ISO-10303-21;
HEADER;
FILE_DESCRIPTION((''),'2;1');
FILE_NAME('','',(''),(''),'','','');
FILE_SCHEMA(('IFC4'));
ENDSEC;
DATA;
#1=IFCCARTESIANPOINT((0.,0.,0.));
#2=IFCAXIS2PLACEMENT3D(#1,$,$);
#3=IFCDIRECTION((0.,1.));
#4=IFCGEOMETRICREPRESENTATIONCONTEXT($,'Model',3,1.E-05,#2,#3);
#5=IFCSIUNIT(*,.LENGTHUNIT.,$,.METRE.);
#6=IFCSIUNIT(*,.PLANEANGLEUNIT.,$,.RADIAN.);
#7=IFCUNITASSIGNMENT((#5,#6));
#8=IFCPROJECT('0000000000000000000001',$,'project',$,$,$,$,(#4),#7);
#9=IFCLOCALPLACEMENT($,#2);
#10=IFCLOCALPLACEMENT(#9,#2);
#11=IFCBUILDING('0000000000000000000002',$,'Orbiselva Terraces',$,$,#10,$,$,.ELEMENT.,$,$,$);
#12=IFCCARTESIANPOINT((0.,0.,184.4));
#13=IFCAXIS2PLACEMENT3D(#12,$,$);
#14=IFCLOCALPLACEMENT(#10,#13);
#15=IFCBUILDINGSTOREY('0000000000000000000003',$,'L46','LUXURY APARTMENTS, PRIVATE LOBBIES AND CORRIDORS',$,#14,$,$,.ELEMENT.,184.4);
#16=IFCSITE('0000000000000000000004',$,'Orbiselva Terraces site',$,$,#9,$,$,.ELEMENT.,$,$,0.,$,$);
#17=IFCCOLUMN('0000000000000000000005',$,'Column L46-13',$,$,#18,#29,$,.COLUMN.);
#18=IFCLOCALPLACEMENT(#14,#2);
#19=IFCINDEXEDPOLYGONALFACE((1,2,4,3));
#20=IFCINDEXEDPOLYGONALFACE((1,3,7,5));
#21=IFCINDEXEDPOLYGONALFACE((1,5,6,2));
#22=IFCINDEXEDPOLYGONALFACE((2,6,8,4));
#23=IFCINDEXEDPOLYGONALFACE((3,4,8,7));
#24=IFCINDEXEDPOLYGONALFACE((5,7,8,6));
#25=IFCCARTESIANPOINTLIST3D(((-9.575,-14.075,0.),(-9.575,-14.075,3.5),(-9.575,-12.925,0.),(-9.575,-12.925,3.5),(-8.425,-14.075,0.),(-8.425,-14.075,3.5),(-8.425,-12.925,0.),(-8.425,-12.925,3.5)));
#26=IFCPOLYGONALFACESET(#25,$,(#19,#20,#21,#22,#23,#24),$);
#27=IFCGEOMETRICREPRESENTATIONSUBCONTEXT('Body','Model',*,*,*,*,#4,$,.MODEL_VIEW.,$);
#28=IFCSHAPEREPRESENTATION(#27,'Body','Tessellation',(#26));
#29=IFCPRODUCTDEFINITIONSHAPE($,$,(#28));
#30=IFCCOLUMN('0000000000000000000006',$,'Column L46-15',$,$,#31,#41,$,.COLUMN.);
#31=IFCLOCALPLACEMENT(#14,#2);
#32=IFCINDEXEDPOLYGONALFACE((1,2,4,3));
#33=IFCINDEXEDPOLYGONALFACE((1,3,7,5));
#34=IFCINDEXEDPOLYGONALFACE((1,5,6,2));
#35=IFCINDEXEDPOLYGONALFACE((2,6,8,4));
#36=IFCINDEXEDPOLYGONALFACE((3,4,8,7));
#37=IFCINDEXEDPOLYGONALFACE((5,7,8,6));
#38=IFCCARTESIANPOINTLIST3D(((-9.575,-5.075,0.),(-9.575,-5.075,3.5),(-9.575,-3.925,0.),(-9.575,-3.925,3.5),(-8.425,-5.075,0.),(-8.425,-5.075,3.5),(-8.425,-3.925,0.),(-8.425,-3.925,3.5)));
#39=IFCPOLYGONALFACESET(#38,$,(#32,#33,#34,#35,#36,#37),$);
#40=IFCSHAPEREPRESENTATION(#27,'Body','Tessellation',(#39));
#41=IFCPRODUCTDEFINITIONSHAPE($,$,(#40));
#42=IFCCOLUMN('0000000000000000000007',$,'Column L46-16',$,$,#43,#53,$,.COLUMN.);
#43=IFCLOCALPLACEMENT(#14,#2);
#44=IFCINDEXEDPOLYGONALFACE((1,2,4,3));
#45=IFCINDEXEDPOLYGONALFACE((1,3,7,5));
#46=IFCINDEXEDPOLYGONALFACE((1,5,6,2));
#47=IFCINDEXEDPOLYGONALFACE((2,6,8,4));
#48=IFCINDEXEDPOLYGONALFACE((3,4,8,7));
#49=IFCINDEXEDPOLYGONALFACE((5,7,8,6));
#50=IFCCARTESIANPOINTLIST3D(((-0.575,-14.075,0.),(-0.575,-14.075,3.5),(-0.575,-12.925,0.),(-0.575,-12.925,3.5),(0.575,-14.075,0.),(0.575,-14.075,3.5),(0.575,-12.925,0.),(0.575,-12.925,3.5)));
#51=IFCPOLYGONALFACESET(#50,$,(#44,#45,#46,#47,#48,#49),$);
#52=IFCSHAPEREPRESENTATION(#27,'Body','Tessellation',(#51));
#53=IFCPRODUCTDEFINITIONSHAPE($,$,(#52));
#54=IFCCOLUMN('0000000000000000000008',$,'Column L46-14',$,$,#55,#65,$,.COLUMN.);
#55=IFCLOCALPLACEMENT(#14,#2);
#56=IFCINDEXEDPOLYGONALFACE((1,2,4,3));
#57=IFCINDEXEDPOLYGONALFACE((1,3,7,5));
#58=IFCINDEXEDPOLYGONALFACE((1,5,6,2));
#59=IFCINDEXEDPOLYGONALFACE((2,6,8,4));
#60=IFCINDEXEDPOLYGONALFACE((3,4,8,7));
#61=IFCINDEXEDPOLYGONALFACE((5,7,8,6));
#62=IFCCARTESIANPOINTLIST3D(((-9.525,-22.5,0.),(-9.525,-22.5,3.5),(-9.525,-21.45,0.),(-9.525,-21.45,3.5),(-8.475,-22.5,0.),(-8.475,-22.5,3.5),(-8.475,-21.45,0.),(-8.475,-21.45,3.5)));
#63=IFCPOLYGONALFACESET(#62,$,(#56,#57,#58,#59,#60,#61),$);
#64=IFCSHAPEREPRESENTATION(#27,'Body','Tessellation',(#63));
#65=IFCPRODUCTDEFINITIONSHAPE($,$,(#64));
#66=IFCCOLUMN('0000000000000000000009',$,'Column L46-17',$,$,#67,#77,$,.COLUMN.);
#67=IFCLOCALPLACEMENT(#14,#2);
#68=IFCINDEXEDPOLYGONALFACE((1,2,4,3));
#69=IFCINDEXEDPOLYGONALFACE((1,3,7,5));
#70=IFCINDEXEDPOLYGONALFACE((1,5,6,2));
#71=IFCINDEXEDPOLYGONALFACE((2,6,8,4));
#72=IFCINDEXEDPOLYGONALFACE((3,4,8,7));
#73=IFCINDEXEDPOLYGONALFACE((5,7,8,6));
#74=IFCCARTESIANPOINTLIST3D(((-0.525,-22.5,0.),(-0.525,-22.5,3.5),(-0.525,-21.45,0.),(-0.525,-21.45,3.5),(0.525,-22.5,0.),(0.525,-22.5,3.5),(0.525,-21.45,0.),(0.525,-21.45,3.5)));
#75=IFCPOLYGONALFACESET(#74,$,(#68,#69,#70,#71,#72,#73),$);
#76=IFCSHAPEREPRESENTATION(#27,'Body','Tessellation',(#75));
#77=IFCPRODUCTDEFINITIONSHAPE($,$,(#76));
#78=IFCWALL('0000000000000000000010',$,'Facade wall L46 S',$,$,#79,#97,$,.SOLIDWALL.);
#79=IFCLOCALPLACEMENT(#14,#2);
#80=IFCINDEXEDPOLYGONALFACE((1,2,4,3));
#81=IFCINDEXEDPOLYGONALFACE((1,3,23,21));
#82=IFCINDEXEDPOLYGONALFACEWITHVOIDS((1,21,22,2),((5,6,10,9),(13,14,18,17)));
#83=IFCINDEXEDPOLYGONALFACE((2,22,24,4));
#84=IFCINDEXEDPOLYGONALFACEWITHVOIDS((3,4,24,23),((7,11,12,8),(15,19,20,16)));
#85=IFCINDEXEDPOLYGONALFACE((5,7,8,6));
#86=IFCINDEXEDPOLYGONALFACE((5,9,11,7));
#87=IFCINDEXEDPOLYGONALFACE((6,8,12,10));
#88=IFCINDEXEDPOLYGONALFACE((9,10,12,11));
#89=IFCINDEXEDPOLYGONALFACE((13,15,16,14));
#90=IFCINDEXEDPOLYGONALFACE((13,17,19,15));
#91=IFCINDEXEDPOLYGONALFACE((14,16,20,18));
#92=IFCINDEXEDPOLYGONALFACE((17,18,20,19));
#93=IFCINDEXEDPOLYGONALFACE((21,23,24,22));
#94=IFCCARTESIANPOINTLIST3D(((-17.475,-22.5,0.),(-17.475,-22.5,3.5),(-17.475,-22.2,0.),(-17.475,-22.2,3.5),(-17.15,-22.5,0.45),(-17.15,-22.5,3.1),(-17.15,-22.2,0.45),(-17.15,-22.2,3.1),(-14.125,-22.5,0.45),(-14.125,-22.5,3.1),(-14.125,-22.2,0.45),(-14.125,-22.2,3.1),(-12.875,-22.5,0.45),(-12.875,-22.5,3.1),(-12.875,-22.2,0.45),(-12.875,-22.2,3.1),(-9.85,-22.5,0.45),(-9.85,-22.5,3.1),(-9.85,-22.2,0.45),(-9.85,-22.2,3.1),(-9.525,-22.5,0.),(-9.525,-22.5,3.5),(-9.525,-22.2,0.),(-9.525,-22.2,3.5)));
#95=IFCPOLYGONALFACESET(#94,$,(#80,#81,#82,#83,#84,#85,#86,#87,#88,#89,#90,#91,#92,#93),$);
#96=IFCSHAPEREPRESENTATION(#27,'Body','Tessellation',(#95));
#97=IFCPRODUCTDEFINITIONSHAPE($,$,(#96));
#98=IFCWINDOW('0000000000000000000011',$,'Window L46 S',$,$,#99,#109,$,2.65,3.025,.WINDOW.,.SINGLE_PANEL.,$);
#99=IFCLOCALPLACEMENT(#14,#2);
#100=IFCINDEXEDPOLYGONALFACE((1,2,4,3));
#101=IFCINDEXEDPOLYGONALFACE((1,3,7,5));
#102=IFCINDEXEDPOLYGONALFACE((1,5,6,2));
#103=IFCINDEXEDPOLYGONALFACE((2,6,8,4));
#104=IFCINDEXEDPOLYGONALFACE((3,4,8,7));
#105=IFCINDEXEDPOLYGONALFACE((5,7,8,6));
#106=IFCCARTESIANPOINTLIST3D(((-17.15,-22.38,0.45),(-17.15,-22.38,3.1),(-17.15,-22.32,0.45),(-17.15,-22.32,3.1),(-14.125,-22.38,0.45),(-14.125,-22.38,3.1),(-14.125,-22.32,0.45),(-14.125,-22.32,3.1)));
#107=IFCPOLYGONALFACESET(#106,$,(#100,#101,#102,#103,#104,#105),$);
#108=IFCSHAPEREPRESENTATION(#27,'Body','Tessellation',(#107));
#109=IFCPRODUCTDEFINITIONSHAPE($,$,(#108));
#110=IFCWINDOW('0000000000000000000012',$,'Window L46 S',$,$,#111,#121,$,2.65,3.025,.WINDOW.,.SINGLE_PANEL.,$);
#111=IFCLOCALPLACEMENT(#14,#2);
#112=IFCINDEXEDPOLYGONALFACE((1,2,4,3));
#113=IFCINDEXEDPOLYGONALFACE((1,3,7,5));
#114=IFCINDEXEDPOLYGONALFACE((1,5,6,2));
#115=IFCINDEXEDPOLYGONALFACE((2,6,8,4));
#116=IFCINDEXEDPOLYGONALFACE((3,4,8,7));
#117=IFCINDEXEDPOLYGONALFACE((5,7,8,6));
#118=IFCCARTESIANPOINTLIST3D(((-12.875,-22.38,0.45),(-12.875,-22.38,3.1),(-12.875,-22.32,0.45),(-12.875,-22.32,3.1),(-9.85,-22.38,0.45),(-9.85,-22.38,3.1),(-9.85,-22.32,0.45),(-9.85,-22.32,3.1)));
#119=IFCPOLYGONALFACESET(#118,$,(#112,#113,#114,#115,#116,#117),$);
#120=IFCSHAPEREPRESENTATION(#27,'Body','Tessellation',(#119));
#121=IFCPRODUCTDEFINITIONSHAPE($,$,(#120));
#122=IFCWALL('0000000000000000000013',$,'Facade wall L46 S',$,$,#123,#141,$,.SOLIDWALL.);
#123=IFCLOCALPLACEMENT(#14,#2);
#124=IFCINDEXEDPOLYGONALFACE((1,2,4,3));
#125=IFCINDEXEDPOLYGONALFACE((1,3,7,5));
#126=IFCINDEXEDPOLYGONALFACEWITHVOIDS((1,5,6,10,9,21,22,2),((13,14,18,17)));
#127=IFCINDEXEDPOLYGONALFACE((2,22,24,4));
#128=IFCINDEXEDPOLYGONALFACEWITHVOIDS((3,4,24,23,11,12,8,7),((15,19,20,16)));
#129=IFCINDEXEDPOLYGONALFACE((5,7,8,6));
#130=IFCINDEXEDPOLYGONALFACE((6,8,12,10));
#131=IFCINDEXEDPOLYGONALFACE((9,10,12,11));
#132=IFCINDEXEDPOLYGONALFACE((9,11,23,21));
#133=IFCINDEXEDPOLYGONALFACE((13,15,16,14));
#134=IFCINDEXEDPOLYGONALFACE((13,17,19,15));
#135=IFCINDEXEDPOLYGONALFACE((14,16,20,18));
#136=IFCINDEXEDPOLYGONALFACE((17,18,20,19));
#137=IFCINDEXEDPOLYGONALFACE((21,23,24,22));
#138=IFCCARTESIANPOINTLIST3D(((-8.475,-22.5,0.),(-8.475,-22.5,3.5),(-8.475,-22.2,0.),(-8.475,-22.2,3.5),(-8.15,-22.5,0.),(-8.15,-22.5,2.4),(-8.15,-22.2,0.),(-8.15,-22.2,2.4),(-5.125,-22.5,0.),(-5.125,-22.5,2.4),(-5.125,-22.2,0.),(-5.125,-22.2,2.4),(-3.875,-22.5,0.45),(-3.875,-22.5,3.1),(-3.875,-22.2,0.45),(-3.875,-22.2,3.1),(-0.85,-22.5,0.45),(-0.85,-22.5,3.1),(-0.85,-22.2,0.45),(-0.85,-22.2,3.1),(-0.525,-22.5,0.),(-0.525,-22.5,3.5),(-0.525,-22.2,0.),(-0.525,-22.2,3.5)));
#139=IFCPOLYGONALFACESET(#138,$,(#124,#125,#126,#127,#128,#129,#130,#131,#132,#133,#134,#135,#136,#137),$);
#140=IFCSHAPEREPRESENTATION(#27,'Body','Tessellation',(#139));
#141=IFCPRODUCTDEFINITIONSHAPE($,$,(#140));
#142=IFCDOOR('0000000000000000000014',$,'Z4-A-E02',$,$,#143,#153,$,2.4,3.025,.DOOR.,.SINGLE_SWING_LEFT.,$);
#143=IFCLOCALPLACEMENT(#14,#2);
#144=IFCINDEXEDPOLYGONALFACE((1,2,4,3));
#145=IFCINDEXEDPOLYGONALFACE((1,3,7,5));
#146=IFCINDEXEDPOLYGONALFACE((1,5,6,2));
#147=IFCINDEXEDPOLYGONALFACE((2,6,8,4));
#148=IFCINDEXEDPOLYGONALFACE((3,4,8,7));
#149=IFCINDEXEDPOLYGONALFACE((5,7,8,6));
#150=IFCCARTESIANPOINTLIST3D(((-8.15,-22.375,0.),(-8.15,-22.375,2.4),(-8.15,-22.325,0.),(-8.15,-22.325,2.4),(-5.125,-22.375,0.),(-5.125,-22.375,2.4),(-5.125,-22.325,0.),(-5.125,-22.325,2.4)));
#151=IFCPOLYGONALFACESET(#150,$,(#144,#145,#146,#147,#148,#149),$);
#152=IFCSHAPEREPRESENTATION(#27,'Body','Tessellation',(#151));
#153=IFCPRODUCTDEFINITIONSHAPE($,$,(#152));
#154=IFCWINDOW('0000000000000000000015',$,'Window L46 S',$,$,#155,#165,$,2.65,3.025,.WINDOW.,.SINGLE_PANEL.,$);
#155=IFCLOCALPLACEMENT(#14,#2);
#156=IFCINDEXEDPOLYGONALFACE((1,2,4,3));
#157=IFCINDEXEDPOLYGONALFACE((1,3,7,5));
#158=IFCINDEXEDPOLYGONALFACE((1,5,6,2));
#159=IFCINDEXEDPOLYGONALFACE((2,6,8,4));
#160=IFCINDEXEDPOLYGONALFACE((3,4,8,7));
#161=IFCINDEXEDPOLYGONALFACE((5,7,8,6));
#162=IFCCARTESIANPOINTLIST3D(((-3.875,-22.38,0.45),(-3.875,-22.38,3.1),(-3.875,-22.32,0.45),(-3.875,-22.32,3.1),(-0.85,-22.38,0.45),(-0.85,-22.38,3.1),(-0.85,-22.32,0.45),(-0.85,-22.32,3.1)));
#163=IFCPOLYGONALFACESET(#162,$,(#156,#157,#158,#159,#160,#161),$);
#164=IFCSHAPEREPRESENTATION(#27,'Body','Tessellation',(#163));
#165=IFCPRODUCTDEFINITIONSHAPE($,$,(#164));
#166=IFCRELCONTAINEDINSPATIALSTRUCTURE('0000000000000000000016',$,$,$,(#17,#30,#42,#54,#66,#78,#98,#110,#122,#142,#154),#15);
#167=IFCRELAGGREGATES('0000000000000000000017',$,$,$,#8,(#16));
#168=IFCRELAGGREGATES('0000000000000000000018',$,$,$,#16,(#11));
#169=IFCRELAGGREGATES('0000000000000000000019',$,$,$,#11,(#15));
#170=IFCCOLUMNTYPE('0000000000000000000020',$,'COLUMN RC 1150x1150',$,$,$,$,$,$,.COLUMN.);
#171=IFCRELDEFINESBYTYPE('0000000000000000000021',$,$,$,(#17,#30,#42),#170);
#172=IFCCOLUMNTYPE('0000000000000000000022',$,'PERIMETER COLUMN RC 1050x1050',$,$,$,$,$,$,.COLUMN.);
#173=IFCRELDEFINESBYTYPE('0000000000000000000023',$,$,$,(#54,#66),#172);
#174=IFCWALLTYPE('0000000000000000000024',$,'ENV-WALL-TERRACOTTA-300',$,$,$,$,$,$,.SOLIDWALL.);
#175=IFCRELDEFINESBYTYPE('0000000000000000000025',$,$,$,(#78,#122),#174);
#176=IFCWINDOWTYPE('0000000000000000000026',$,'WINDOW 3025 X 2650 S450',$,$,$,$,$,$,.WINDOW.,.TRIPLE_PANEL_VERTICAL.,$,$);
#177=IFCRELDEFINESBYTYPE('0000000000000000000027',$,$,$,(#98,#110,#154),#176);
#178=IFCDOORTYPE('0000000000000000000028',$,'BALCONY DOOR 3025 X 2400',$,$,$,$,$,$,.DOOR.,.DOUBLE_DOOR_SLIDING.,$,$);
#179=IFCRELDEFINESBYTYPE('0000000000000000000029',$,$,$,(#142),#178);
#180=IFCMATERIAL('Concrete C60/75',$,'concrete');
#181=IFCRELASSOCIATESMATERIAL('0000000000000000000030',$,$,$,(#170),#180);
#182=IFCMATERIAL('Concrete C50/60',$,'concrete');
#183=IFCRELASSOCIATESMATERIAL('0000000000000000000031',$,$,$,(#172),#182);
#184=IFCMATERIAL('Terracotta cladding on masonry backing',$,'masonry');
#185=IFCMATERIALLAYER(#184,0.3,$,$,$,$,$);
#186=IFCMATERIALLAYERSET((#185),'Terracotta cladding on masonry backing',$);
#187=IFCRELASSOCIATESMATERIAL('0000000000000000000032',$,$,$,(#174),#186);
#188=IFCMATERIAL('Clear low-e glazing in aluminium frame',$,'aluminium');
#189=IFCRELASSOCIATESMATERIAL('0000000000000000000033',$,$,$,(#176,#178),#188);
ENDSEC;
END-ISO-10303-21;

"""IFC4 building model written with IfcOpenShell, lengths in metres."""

from ifc_helpers import new_model, si_unit, direction, frame, frame_2d, origin, origin_2d, place, context, subcontext, project, spatial, rectangle, extrude, material, layer, layer_set, material_profile, profile_set, type_object, element, fill, save


model = new_model("IFC4")

# Units and contexts
model_context = context("Model", 3, precision=1e-05, world=origin(), true_north=direction((0.0, 1.0)))
body_context = subcontext(model_context, "Body", "Model", "MODEL_VIEW")
ifc_project = project(units=[si_unit("LENGTHUNIT", "METRE"), si_unit("PLANEANGLEUNIT", "RADIAN")], contexts=[model_context])

# Site, building, storey
site_placement = place(None, origin())
site = spatial("IfcSite", under=ifc_project, at=site_placement, Name="Orbiselva Terraces site", CompositionType="ELEMENT", RefElevation=0.0)
building_placement = place(site_placement, origin())
building = spatial("IfcBuilding", under=site, at=building_placement, Name="Orbiselva Terraces", CompositionType="ELEMENT")
storey_placement = place(building_placement, frame((0.0, 0.0, 184.4)))
storey = spatial("IfcBuildingStorey", under=building, at=storey_placement, Name="L46", Description="LUXURY APARTMENTS, PRIVATE LOBBIES AND CORRIDORS", CompositionType="ELEMENT", Elevation=184.4)

# Columns
ifc_material_1 = material(Name="Concrete C60/75", Category="concrete")
ifc_material_profile_1 = material_profile(ifc_material_1, rectangle(XDim=1.15, YDim=1.15, at=origin_2d()), Name="RC 1150x1150")
ifc_profile_set_1 = profile_set([ifc_material_profile_1], Name="Concrete C60/75")
column_type_1 = type_object("IfcColumnType", Name="COLUMN RC 1150x1150", PredefinedType="COLUMN", material=ifc_profile_set_1)
for number, where, z_axis, x_axis, name in (
    (1, (-9.0, -13.5, 0.0), (0.0, 0.0, 1.0), (1.0, 0.0, 0.0), "Column L46-13"),
    (2, (-9.0, -4.5, 0.0), (0.0, 0.0, 1.0), (1.0, 0.0, 0.0), "Column L46-15"),
    (3, (0.0, -13.5, 0.0), (0.0, 0.0, 1.0), (1.0, 0.0, 0.0), "Column L46-16"),
):
    element("IfcColumn", number, at=place(storey_placement, frame(where, z_axis=z_axis, x_axis=x_axis)), inside=storey, type_object=column_type_1, Name=name, PredefinedType="COLUMN", context=body_context, shape_type="SweptSolid", body=[
        extrude(rectangle(XDim=1.15, YDim=1.15, at=origin_2d()), origin(), (0.0, 0.0, 1.0), 3.5),
    ])
ifc_material_2 = material(Name="Concrete C50/60", Category="concrete")
ifc_material_profile_2 = material_profile(ifc_material_2, rectangle(XDim=1.05, YDim=1.05, at=origin_2d()), Name="RC 1050x1050")
ifc_profile_set_2 = profile_set([ifc_material_profile_2], Name="Concrete C50/60")
column_type_2 = type_object("IfcColumnType", Name="PERIMETER COLUMN RC 1050x1050", PredefinedType="COLUMN", material=ifc_profile_set_2)
for number, where, z_axis, x_axis, name in (
    (4, (-9.0, -21.975, 0.0), (0.0, 0.0, 1.0), (1.0, 0.0, 0.0), "Column L46-14"),
    (5, (0.0, -21.975, 0.0), (0.0, 0.0, 1.0), (1.0, 0.0, 0.0), "Column L46-17"),
):
    element("IfcColumn", number, at=place(storey_placement, frame(where, z_axis=z_axis, x_axis=x_axis)), inside=storey, type_object=column_type_2, Name=name, PredefinedType="COLUMN", context=body_context, shape_type="SweptSolid", body=[
        extrude(rectangle(XDim=1.05, YDim=1.05, at=origin_2d()), origin(), (0.0, 0.0, 1.0), 3.5),
    ])

# Wall, openings, windows
ifc_material_3 = material(Name="Terracotta cladding on masonry backing", Category="masonry")
ifc_layer_1 = layer(ifc_material_3, 0.3)
ifc_layer_set_1 = layer_set([ifc_layer_1], Name="Terracotta cladding on masonry backing")
wall_type_1 = type_object("IfcWallType", Name="ENV-WALL-TERRACOTTA-300", PredefinedType="SOLIDWALL", material=ifc_layer_set_1)
wall_1_placement = place(storey_placement, frame((-9.525, -22.35, 0.0), z_axis=(0.0, 0.0, 1.0), x_axis=(-1.0, 0.0, 0.0)))
wall_1 = element("IfcWall", 6, at=wall_1_placement, inside=storey, type_object=wall_type_1, Name="Facade wall L46 S", PredefinedType="SOLIDWALL", context=body_context, shape_type="SweptSolid", body=[
    extrude(rectangle(XDim=7.95, YDim=0.3, at=frame_2d((3.975, 0.0))), origin(), (0.0, 0.0, 1.0), 3.5),
])
opening_1_placement = place(wall_1_placement, frame((4.6, 0.0, 0.45)))
opening_1 = element("IfcOpeningElement", 7, at=opening_1_placement, cuts=wall_1, PredefinedType="OPENING", context=body_context, shape_type="SweptSolid", body=[
    extrude(rectangle(XDim=3.025, YDim=2.65, at=frame_2d((1.5125, 1.325))), frame((0.0, 0.16, 0.0), z_axis=(0.0, -1.0, 0.0), x_axis=(1.0, 0.0, 0.0)), (0.0, 0.0, 1.0), 0.32),
])
opening_2_placement = place(wall_1_placement, frame((0.325, 0.0, 0.45)))
opening_2 = element("IfcOpeningElement", 8, at=opening_2_placement, cuts=wall_1, PredefinedType="OPENING", context=body_context, shape_type="SweptSolid", body=[
    extrude(rectangle(XDim=3.025, YDim=2.65, at=frame_2d((1.5125, 1.325))), frame((0.0, 0.16, 0.0), z_axis=(0.0, -1.0, 0.0), x_axis=(1.0, 0.0, 0.0)), (0.0, 0.0, 1.0), 0.32),
])
ifc_material_4 = material(Name="Clear low-e glazing in aluminium frame", Category="aluminium")
window_type = type_object("IfcWindowType", Name="WINDOW 3025 X 2650 S450", PartitioningType="TRIPLE_PANEL_VERTICAL", PredefinedType="WINDOW", material=ifc_material_4)
window_1_placement = place(opening_1_placement, origin())
window_1 = element("IfcWindow", 9, at=window_1_placement, inside=storey, type_object=window_type, Name="Window L46 S", OverallHeight=2.65, OverallWidth=3.025, PartitioningType="SINGLE_PANEL", PredefinedType="WINDOW", context=body_context, shape_type="SweptSolid", body=[
    extrude(rectangle(XDim=3.025, YDim=2.65, at=frame_2d((1.5125, 1.325))), frame((0.0, 0.03, 0.0), z_axis=(0.0, -1.0, 0.0), x_axis=(1.0, 0.0, 0.0)), (0.0, 0.0, 1.0), 0.06),
])
fill(opening_1, window_1)
window_2_placement = place(opening_2_placement, origin())
window_2 = element("IfcWindow", 10, at=window_2_placement, inside=storey, type_object=window_type, Name="Window L46 S", OverallHeight=2.65, OverallWidth=3.025, PartitioningType="SINGLE_PANEL", PredefinedType="WINDOW", context=body_context, shape_type="SweptSolid", body=[
    extrude(rectangle(XDim=3.025, YDim=2.65, at=frame_2d((1.5125, 1.325))), frame((0.0, 0.03, 0.0), z_axis=(0.0, -1.0, 0.0), x_axis=(1.0, 0.0, 0.0)), (0.0, 0.0, 1.0), 0.06),
])
fill(opening_2, window_2)

# Wall, openings, door, window
wall_2_placement = place(storey_placement, frame((-0.525, -22.35, 0.0), z_axis=(0.0, 0.0, 1.0), x_axis=(-1.0, 0.0, 0.0)))
wall_2 = element("IfcWall", 11, at=wall_2_placement, inside=storey, type_object=wall_type_1, Name="Facade wall L46 S", PredefinedType="SOLIDWALL", context=body_context, shape_type="SweptSolid", body=[
    extrude(rectangle(XDim=7.95, YDim=0.3, at=frame_2d((3.975, 0.0))), origin(), (0.0, 0.0, 1.0), 3.5),
])
opening_3_placement = place(wall_2_placement, frame((4.6, 0.0, 0.0)))
opening_3 = element("IfcOpeningElement", 12, at=opening_3_placement, cuts=wall_2, PredefinedType="OPENING", context=body_context, shape_type="SweptSolid", body=[
    extrude(rectangle(XDim=3.025, YDim=2.4, at=frame_2d((1.5125, 1.2))), frame((0.0, 0.16, 0.0), z_axis=(0.0, -1.0, 0.0), x_axis=(1.0, 0.0, 0.0)), (0.0, 0.0, 1.0), 0.32),
])
opening_4_placement = place(wall_2_placement, frame((0.325, 0.0, 0.45)))
opening_4 = element("IfcOpeningElement", 13, at=opening_4_placement, cuts=wall_2, PredefinedType="OPENING", context=body_context, shape_type="SweptSolid", body=[
    extrude(rectangle(XDim=3.025, YDim=2.65, at=frame_2d((1.5125, 1.325))), frame((0.0, 0.16, 0.0), z_axis=(0.0, -1.0, 0.0), x_axis=(1.0, 0.0, 0.0)), (0.0, 0.0, 1.0), 0.32),
])
door_type_1 = type_object("IfcDoorType", Name="BALCONY DOOR 3025 X 2400", OperationType="DOUBLE_DOOR_SLIDING", PredefinedType="DOOR", material=ifc_material_4)
door_1_placement = place(opening_3_placement, origin())
door_1 = element("IfcDoor", 14, at=door_1_placement, inside=storey, type_object=door_type_1, Name="Z4-A-E02", OperationType="SINGLE_SWING_LEFT", OverallHeight=2.4, OverallWidth=3.025, PredefinedType="DOOR", context=body_context, shape_type="SweptSolid", body=[
    extrude(rectangle(XDim=3.025, YDim=2.4, at=frame_2d((1.5125, 1.2))), frame((0.0, 0.025, 0.0), z_axis=(0.0, -1.0, 0.0), x_axis=(1.0, 0.0, 0.0)), (0.0, 0.0, 1.0), 0.05),
])
fill(opening_3, door_1)
window_3_placement = place(opening_4_placement, origin())
window_3 = element("IfcWindow", 15, at=window_3_placement, inside=storey, type_object=window_type, Name="Window L46 S", OverallHeight=2.65, OverallWidth=3.025, PartitioningType="SINGLE_PANEL", PredefinedType="WINDOW", context=body_context, shape_type="SweptSolid", body=[
    extrude(rectangle(XDim=3.025, YDim=2.65, at=frame_2d((1.5125, 1.325))), frame((0.0, 0.03, 0.0), z_axis=(0.0, -1.0, 0.0), x_axis=(1.0, 0.0, 0.0)), (0.0, 0.0, 1.0), 0.06),
])
fill(opening_4, window_3)

save(model, "model.ifc")
